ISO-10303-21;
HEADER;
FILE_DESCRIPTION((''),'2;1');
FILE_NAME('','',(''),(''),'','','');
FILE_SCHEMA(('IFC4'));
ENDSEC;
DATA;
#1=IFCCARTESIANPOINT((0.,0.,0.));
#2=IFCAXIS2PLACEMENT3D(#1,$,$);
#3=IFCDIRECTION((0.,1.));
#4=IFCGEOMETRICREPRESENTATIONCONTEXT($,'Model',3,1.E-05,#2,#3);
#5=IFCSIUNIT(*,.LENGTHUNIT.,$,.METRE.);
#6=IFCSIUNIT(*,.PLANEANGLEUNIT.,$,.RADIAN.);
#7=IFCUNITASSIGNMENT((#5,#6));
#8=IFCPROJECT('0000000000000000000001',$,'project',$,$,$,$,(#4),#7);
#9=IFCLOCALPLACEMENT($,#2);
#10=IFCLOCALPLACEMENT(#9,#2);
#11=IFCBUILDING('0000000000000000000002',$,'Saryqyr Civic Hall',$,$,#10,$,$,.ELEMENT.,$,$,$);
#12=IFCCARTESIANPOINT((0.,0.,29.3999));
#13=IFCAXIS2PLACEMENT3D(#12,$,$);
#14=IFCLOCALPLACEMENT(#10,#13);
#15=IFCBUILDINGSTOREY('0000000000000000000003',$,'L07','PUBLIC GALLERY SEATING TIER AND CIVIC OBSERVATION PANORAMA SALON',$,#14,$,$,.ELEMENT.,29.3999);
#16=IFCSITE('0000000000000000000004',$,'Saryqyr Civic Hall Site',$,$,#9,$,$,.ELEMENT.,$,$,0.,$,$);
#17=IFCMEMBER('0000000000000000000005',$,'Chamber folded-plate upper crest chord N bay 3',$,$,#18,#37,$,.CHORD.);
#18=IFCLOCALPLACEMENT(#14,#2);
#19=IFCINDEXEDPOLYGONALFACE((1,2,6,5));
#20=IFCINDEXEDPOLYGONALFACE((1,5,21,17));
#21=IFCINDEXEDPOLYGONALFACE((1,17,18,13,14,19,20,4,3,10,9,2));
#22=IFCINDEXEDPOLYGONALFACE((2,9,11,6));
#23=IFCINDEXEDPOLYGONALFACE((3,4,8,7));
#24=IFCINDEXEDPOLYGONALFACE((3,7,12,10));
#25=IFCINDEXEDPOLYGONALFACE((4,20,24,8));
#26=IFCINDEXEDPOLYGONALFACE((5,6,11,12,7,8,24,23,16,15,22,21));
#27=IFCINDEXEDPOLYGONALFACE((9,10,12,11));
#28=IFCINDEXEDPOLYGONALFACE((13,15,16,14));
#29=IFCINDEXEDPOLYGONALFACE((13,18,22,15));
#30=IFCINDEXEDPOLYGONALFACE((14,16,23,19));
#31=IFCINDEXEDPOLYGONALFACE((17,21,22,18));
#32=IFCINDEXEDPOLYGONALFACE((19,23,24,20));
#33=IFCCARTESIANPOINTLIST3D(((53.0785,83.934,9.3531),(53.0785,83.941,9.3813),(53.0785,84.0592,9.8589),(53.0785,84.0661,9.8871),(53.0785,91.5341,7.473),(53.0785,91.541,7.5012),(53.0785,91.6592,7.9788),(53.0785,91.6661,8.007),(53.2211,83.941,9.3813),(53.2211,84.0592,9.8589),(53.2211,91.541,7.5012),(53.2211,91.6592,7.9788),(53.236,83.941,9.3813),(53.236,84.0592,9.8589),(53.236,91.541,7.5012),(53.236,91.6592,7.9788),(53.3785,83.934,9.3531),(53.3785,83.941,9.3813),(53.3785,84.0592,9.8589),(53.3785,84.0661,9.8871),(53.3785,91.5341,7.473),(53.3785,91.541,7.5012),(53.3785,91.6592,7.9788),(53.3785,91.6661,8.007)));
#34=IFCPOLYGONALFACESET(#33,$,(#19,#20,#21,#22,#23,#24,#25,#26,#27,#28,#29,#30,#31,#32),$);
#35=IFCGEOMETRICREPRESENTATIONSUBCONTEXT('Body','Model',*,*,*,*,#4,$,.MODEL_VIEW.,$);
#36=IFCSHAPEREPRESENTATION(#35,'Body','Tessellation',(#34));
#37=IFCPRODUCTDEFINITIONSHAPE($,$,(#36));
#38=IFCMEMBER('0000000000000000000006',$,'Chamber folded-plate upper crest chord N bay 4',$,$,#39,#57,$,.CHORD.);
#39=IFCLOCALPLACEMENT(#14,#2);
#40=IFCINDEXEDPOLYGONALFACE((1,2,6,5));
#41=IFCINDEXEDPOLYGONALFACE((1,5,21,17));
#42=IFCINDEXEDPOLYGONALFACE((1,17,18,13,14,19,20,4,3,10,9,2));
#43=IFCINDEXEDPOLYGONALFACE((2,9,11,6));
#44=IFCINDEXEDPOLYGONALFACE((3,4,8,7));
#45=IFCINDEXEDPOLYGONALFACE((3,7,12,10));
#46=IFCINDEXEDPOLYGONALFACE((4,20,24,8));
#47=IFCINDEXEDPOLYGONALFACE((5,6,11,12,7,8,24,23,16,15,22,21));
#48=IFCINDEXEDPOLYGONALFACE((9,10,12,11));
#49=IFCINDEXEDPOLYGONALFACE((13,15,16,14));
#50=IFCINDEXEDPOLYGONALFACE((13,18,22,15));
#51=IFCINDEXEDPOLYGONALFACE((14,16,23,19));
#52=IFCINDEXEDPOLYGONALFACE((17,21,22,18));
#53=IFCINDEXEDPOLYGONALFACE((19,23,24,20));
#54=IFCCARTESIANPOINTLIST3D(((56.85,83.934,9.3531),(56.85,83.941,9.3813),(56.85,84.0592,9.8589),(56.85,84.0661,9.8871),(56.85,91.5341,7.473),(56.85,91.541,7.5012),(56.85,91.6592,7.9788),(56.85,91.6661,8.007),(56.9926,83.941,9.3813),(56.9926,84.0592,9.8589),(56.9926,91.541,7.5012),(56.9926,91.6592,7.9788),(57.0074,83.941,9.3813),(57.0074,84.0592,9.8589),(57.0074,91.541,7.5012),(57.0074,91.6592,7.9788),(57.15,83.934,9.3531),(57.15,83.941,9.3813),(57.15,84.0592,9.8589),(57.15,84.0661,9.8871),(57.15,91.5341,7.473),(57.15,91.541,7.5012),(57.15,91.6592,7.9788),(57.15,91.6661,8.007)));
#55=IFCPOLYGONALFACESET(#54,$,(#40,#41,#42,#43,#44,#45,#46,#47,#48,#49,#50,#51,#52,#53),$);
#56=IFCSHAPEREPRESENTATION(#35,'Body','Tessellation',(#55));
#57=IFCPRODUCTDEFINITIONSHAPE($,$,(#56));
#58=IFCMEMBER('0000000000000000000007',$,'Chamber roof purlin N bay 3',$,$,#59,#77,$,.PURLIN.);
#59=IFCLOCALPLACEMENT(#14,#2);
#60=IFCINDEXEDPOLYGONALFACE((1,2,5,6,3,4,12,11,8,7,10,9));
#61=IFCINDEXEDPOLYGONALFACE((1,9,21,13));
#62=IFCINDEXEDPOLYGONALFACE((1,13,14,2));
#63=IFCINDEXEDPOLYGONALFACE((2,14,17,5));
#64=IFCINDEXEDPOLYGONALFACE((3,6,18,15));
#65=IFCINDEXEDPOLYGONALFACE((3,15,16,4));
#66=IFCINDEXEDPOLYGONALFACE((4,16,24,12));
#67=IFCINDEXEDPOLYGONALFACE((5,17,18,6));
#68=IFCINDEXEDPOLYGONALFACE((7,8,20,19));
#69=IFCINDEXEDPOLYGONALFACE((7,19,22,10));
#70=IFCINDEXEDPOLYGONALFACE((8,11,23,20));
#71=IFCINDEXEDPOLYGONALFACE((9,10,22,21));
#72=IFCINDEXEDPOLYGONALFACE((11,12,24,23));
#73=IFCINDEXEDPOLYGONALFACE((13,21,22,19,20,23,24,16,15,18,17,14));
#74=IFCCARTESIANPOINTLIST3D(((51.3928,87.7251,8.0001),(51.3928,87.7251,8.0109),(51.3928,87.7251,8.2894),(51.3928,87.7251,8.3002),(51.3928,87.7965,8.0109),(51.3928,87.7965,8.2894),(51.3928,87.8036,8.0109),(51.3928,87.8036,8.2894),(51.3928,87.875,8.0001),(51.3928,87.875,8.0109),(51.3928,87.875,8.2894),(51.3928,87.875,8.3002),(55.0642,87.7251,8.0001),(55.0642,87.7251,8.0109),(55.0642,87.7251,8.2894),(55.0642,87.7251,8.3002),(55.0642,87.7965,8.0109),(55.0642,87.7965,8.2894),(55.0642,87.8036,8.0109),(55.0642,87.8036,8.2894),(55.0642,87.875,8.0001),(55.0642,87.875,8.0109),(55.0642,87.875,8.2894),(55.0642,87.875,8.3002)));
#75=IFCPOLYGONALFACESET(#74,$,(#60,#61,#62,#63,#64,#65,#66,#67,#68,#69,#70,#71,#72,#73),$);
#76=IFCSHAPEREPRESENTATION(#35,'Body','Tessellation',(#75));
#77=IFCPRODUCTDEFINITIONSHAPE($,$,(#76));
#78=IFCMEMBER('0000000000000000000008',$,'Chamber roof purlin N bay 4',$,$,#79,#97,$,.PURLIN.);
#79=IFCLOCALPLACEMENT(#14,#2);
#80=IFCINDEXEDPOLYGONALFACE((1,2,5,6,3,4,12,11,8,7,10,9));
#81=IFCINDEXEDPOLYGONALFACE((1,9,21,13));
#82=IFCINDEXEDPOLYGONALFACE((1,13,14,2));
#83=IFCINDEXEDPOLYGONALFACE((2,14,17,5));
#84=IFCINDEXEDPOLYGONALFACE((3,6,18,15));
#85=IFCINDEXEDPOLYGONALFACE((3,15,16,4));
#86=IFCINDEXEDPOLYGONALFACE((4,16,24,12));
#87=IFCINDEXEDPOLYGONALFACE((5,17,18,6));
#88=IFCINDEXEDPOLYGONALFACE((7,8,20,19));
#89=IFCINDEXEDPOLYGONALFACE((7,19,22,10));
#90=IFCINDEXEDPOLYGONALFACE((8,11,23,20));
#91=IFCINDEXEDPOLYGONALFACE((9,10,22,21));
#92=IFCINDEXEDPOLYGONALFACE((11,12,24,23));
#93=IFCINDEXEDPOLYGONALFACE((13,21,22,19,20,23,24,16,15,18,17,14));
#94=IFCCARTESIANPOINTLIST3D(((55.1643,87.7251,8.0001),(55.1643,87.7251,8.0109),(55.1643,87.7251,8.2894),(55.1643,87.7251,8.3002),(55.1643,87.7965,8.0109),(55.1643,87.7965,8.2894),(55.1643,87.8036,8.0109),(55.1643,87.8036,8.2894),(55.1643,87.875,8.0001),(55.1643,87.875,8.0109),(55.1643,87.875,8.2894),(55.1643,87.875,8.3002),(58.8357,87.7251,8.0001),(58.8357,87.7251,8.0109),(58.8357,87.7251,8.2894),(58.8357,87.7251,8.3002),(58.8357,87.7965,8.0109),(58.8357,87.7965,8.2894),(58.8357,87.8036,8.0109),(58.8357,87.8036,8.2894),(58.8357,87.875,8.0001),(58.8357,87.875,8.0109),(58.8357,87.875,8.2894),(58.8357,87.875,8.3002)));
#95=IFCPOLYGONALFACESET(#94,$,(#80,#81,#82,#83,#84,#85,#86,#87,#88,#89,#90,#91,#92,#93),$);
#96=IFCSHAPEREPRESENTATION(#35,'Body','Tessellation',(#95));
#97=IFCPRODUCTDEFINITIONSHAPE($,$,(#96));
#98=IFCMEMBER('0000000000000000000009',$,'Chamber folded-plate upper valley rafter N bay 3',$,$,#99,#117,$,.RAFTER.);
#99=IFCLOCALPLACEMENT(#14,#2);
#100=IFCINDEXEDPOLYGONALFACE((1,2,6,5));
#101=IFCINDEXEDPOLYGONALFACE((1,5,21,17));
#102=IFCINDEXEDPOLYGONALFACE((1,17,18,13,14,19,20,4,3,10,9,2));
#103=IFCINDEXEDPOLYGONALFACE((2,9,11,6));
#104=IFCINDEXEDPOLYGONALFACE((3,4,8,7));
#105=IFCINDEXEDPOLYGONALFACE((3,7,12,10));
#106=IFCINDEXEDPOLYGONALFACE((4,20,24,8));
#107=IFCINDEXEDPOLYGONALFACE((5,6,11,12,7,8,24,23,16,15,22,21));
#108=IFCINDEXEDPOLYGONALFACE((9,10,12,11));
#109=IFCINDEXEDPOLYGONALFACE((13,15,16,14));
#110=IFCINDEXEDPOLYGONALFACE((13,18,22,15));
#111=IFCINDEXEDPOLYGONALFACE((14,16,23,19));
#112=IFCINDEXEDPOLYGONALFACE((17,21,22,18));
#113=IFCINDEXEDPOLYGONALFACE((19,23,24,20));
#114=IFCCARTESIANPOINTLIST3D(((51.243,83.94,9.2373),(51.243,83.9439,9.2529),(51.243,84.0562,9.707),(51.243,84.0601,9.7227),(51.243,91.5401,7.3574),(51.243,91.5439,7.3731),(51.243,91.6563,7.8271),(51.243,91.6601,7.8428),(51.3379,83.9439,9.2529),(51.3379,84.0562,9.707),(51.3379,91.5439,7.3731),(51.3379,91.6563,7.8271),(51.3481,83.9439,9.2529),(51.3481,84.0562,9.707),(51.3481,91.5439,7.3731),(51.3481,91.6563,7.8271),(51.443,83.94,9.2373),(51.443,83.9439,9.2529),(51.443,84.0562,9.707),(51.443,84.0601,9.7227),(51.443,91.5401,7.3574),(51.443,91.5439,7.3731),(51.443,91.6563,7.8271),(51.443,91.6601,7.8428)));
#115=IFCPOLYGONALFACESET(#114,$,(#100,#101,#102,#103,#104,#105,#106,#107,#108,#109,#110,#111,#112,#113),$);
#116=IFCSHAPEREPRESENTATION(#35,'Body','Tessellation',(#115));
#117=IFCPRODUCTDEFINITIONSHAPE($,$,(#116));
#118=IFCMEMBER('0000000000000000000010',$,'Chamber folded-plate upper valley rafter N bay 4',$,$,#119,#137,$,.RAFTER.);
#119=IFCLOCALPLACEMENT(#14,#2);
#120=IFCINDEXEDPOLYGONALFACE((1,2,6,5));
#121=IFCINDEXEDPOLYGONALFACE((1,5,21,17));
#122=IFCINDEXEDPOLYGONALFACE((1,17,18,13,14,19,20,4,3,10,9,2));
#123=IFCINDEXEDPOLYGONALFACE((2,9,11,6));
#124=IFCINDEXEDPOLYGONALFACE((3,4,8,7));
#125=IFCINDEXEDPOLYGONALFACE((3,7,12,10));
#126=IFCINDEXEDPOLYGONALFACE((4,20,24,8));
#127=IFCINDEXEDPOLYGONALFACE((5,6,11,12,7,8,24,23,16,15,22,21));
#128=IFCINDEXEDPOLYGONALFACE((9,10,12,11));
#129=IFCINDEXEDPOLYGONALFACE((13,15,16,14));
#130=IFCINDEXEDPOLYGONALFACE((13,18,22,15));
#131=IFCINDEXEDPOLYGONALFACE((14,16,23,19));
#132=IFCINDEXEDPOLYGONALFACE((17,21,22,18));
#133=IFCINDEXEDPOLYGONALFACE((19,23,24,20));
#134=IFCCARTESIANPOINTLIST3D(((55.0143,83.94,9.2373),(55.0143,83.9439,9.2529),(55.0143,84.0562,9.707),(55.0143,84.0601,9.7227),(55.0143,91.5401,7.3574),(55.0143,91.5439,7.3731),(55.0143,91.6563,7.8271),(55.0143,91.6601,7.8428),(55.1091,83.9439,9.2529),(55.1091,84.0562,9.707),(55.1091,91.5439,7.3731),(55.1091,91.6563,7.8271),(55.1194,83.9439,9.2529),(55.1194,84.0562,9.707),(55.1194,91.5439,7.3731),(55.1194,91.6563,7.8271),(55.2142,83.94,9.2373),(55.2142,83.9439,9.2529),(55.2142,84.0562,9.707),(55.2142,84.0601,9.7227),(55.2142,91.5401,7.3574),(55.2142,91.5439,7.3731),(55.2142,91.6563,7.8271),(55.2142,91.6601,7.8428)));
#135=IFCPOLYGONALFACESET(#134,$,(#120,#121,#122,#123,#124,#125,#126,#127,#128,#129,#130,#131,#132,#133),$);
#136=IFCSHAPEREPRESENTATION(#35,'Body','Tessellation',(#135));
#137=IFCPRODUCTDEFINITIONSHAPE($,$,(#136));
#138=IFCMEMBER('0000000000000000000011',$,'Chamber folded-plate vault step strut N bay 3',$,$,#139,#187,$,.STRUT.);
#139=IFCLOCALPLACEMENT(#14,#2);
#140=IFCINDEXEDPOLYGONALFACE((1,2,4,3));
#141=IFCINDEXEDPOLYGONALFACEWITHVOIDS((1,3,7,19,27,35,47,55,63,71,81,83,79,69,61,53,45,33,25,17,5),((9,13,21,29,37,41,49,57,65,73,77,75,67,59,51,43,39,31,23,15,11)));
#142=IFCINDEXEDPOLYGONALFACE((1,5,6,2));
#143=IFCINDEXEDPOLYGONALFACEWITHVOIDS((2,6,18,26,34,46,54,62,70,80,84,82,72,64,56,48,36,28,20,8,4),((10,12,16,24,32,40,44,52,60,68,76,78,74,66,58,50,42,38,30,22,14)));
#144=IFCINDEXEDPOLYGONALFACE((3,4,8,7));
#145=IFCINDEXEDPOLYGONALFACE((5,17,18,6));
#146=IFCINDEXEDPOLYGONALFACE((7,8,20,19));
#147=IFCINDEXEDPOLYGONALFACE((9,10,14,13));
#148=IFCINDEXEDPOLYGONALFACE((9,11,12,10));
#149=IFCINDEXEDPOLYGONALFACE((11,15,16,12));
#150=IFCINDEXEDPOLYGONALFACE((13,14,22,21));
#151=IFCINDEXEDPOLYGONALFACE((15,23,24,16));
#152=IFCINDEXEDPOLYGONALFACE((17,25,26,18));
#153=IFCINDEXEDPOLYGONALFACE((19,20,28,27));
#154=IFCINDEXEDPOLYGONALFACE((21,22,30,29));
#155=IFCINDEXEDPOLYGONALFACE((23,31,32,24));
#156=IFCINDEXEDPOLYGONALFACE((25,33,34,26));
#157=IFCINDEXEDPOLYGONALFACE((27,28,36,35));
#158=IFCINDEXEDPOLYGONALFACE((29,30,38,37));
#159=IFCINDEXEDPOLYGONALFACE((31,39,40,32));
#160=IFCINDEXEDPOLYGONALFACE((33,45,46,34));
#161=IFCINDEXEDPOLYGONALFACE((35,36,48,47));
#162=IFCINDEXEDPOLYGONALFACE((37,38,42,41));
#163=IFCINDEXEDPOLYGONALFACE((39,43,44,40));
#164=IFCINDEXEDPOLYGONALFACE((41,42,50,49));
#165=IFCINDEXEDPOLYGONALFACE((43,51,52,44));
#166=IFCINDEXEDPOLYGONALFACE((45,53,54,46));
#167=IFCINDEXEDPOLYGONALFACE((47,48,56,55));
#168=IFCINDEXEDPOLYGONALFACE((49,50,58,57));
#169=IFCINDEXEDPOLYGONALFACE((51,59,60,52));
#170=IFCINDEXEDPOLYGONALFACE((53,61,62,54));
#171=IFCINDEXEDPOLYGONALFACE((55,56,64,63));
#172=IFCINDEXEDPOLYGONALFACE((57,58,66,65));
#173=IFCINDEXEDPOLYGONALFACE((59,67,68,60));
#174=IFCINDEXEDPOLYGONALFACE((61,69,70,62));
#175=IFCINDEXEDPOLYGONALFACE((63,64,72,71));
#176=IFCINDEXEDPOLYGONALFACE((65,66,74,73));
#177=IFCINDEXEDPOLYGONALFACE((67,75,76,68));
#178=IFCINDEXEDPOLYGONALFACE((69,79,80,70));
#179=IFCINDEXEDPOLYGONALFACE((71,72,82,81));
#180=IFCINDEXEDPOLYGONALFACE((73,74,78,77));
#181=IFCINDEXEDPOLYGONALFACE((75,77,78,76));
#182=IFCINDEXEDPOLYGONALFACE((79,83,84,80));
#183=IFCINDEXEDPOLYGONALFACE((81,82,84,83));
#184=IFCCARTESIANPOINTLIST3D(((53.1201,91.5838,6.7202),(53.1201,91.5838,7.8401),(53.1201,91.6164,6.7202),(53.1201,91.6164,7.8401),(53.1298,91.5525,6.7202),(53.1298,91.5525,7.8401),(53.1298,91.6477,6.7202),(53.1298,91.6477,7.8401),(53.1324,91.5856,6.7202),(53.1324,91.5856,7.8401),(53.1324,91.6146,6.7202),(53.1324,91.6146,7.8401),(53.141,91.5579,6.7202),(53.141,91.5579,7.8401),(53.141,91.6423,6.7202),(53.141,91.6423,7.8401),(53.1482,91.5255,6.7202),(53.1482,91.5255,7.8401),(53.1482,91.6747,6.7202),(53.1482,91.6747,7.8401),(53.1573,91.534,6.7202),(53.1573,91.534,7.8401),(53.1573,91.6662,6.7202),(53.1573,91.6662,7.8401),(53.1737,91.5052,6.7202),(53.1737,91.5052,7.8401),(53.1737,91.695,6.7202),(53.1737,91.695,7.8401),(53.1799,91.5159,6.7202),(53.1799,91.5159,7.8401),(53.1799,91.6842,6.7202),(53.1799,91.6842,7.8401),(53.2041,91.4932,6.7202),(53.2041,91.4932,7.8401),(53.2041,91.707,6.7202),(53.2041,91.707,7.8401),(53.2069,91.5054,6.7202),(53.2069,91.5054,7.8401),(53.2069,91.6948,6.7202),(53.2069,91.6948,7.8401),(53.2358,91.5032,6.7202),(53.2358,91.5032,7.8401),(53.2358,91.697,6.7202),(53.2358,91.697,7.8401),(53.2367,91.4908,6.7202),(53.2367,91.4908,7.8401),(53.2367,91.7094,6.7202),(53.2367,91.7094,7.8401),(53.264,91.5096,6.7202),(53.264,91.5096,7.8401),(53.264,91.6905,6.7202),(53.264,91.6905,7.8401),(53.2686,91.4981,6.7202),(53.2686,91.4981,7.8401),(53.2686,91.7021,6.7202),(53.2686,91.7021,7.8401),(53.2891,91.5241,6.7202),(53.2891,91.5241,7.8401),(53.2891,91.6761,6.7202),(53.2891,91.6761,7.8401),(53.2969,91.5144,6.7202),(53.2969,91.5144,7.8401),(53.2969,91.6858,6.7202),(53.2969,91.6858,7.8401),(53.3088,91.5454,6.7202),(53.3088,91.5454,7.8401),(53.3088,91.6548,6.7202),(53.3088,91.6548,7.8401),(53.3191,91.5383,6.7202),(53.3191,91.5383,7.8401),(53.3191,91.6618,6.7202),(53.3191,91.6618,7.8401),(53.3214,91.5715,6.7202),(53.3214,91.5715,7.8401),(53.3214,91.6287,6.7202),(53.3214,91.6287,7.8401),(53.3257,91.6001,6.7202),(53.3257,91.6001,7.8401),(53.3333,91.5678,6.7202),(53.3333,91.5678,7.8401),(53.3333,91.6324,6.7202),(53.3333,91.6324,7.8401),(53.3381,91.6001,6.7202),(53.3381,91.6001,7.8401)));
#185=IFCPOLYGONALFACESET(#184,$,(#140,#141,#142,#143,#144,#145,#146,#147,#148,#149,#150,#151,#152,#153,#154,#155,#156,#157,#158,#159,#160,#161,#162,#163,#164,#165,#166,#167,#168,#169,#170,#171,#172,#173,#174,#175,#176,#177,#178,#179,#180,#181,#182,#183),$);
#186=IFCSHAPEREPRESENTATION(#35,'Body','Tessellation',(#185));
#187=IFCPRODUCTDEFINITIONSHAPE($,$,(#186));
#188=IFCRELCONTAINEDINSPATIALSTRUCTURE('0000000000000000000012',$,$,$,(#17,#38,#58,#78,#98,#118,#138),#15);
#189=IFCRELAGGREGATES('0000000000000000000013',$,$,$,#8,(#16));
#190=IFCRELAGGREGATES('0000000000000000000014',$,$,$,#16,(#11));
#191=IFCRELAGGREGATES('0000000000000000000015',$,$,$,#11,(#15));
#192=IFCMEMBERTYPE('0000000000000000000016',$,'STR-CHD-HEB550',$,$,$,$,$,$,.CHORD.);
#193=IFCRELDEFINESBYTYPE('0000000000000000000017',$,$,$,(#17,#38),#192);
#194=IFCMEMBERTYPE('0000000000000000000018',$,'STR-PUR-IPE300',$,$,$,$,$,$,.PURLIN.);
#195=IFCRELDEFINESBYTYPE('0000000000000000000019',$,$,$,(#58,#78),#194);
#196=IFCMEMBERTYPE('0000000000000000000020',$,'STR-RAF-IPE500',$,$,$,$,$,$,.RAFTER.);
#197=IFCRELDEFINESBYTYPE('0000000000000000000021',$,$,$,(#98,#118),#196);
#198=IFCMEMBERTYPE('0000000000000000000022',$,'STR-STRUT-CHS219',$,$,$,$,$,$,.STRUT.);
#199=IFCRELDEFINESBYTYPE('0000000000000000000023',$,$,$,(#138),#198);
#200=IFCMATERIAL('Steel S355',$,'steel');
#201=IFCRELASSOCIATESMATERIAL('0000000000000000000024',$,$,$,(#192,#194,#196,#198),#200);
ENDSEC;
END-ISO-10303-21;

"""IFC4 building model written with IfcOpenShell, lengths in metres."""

from ifc_helpers import new_model, si_unit, direction, frame, origin, origin_2d, place, context, subcontext, project, spatial, hollow_circle, i_section, extrude, material, material_profile, profile_set, type_object, element, save


model = new_model("IFC4")

# Units and contexts
model_context = context("Model", 3, precision=1e-05, world=origin(), true_north=direction((0.0, 1.0)))
body_context = subcontext(model_context, "Body", "Model", "MODEL_VIEW")
ifc_project = project(units=[si_unit("LENGTHUNIT", "METRE"), si_unit("PLANEANGLEUNIT", "RADIAN")], contexts=[model_context])

# Site, building, storey
site_placement = place(None, origin())
site = spatial("IfcSite", under=ifc_project, at=site_placement, Name="Saryqyr Civic Hall Site", CompositionType="ELEMENT", RefElevation=0.0)
building_placement = place(site_placement, origin())
building = spatial("IfcBuilding", under=site, at=building_placement, Name="Saryqyr Civic Hall", CompositionType="ELEMENT")
storey_placement = place(building_placement, frame((0.0, 0.0, 29.3999)))
storey = spatial("IfcBuildingStorey", under=building, at=storey_placement, Name="L07", Description="PUBLIC GALLERY SEATING TIER AND CIVIC OBSERVATION PANORAMA SALON", CompositionType="ELEMENT", Elevation=29.3999)

# Members
ifc_material_1 = material(Name="Steel S355", Category="steel")
ifc_material_profile_1 = material_profile(ifc_material_1, i_section(OverallWidth=0.3, OverallDepth=0.55, WebThickness=0.0149, FlangeThickness=0.0291, at=origin_2d()), Name="HEB 550")
ifc_profile_set_1 = profile_set([ifc_material_profile_1], Name="Steel S355")
member_type_1 = type_object("IfcMemberType", Name="STR-CHD-HEB550", PredefinedType="CHORD", material=ifc_profile_set_1)
for number, where, z_axis, x_axis, name in (
    (1, (53.2285, 91.6001, 7.74), (0.0, -0.970738, 0.240143), (1.0, 0.0, 0.0), "Chamber folded-plate upper crest chord N bay 3"),
    (2, (57.0, 91.6001, 7.74), (0.0, -0.970738, 0.240143), (1.0, 0.0, 0.0), "Chamber folded-plate upper crest chord N bay 4"),
):
    element("IfcMember", number, at=place(storey_placement, frame(where, z_axis=z_axis, x_axis=x_axis)), inside=storey, type_object=member_type_1, Name=name, PredefinedType="CHORD", context=body_context, shape_type="SweptSolid", body=[
        extrude(i_section(OverallWidth=0.3, OverallDepth=0.55, WebThickness=0.0149, FlangeThickness=0.0291, at=origin_2d()), origin(), (0.0, 0.0, 1.0), 7.8291),
    ])
ifc_material_profile_2 = material_profile(ifc_material_1, i_section(OverallWidth=0.1499, OverallDepth=0.3, WebThickness=0.0071, FlangeThickness=0.0107, at=origin_2d()), Name="IPE 300")
ifc_profile_set_2 = profile_set([ifc_material_profile_2], Name="Steel S355")
member_type_2 = type_object("IfcMemberType", Name="STR-PUR-IPE300", PredefinedType="PURLIN", material=ifc_profile_set_2)
for number, where, z_axis, x_axis, name in (
    (3, (51.3928, 87.8, 8.1501), (1.0, 0.0, 0.0), (0.0, 1.0, 0.0), "Chamber roof purlin N bay 3"),
    (4, (55.1643, 87.8, 8.1501), (1.0, 0.0, 0.0), (0.0, 1.0, 0.0), "Chamber roof purlin N bay 4"),
):
    element("IfcMember", number, at=place(storey_placement, frame(where, z_axis=z_axis, x_axis=x_axis)), inside=storey, type_object=member_type_2, Name=name, PredefinedType="PURLIN", context=body_context, shape_type="SweptSolid", body=[
        extrude(i_section(OverallWidth=0.1499, OverallDepth=0.3, WebThickness=0.0071, FlangeThickness=0.0107, at=origin_2d()), origin(), (0.0, 0.0, 1.0), 3.6714),
    ])
ifc_material_profile_3 = material_profile(ifc_material_1, i_section(OverallWidth=0.2, OverallDepth=0.5, WebThickness=0.0103, FlangeThickness=0.0161, at=origin_2d()), Name="IPE 500")
ifc_profile_set_3 = profile_set([ifc_material_profile_3], Name="Steel S355")
member_type_3 = type_object("IfcMemberType", Name="STR-RAF-IPE500", PredefinedType="RAFTER", material=ifc_profile_set_3)
for number, where, z_axis, x_axis, name in (
    (5, (51.343, 91.6001, 7.6001), (0.0, -0.970745, 0.240114), (1.0, 0.0, 0.0), "Chamber folded-plate upper valley rafter N bay 3"),
    (6, (55.1143, 91.6001, 7.6001), (0.0, -0.970745, 0.240114), (1.0, 0.0, 0.0), "Chamber folded-plate upper valley rafter N bay 4"),
):
    element("IfcMember", number, at=place(storey_placement, frame(where, z_axis=z_axis, x_axis=x_axis)), inside=storey, type_object=member_type_3, Name=name, PredefinedType="RAFTER", context=body_context, shape_type="SweptSolid", body=[
        extrude(i_section(OverallWidth=0.2, OverallDepth=0.5, WebThickness=0.0103, FlangeThickness=0.0161, at=origin_2d()), origin(), (0.0, 0.0, 1.0), 7.8291),
    ])
ifc_material_profile_4 = material_profile(ifc_material_1, hollow_circle(Radius=0.1096, WallThickness=0.0125, at=origin_2d()), Name="CHS 219.1x12.5")
ifc_profile_set_4 = profile_set([ifc_material_profile_4], Name="Steel S355")
member_type_4 = type_object("IfcMemberType", Name="STR-STRUT-CHS219", PredefinedType="STRUT", material=ifc_profile_set_4)
for number, where, z_axis, x_axis, name in (
    (7, (53.2285, 91.6001, 6.7202), (0.0, 0.0, 1.0), (1.0, 0.0, 0.0), "Chamber folded-plate vault step strut N bay 3"),
):
    element("IfcMember", number, at=place(storey_placement, frame(where, z_axis=z_axis, x_axis=x_axis)), inside=storey, type_object=member_type_4, Name=name, PredefinedType="STRUT", context=body_context, shape_type="SweptSolid", body=[
        extrude(hollow_circle(Radius=0.1096, WallThickness=0.0125, at=origin_2d()), origin(), (0.0, 0.0, 1.0), 1.1199),
    ])

save(model, "model.ifc")
